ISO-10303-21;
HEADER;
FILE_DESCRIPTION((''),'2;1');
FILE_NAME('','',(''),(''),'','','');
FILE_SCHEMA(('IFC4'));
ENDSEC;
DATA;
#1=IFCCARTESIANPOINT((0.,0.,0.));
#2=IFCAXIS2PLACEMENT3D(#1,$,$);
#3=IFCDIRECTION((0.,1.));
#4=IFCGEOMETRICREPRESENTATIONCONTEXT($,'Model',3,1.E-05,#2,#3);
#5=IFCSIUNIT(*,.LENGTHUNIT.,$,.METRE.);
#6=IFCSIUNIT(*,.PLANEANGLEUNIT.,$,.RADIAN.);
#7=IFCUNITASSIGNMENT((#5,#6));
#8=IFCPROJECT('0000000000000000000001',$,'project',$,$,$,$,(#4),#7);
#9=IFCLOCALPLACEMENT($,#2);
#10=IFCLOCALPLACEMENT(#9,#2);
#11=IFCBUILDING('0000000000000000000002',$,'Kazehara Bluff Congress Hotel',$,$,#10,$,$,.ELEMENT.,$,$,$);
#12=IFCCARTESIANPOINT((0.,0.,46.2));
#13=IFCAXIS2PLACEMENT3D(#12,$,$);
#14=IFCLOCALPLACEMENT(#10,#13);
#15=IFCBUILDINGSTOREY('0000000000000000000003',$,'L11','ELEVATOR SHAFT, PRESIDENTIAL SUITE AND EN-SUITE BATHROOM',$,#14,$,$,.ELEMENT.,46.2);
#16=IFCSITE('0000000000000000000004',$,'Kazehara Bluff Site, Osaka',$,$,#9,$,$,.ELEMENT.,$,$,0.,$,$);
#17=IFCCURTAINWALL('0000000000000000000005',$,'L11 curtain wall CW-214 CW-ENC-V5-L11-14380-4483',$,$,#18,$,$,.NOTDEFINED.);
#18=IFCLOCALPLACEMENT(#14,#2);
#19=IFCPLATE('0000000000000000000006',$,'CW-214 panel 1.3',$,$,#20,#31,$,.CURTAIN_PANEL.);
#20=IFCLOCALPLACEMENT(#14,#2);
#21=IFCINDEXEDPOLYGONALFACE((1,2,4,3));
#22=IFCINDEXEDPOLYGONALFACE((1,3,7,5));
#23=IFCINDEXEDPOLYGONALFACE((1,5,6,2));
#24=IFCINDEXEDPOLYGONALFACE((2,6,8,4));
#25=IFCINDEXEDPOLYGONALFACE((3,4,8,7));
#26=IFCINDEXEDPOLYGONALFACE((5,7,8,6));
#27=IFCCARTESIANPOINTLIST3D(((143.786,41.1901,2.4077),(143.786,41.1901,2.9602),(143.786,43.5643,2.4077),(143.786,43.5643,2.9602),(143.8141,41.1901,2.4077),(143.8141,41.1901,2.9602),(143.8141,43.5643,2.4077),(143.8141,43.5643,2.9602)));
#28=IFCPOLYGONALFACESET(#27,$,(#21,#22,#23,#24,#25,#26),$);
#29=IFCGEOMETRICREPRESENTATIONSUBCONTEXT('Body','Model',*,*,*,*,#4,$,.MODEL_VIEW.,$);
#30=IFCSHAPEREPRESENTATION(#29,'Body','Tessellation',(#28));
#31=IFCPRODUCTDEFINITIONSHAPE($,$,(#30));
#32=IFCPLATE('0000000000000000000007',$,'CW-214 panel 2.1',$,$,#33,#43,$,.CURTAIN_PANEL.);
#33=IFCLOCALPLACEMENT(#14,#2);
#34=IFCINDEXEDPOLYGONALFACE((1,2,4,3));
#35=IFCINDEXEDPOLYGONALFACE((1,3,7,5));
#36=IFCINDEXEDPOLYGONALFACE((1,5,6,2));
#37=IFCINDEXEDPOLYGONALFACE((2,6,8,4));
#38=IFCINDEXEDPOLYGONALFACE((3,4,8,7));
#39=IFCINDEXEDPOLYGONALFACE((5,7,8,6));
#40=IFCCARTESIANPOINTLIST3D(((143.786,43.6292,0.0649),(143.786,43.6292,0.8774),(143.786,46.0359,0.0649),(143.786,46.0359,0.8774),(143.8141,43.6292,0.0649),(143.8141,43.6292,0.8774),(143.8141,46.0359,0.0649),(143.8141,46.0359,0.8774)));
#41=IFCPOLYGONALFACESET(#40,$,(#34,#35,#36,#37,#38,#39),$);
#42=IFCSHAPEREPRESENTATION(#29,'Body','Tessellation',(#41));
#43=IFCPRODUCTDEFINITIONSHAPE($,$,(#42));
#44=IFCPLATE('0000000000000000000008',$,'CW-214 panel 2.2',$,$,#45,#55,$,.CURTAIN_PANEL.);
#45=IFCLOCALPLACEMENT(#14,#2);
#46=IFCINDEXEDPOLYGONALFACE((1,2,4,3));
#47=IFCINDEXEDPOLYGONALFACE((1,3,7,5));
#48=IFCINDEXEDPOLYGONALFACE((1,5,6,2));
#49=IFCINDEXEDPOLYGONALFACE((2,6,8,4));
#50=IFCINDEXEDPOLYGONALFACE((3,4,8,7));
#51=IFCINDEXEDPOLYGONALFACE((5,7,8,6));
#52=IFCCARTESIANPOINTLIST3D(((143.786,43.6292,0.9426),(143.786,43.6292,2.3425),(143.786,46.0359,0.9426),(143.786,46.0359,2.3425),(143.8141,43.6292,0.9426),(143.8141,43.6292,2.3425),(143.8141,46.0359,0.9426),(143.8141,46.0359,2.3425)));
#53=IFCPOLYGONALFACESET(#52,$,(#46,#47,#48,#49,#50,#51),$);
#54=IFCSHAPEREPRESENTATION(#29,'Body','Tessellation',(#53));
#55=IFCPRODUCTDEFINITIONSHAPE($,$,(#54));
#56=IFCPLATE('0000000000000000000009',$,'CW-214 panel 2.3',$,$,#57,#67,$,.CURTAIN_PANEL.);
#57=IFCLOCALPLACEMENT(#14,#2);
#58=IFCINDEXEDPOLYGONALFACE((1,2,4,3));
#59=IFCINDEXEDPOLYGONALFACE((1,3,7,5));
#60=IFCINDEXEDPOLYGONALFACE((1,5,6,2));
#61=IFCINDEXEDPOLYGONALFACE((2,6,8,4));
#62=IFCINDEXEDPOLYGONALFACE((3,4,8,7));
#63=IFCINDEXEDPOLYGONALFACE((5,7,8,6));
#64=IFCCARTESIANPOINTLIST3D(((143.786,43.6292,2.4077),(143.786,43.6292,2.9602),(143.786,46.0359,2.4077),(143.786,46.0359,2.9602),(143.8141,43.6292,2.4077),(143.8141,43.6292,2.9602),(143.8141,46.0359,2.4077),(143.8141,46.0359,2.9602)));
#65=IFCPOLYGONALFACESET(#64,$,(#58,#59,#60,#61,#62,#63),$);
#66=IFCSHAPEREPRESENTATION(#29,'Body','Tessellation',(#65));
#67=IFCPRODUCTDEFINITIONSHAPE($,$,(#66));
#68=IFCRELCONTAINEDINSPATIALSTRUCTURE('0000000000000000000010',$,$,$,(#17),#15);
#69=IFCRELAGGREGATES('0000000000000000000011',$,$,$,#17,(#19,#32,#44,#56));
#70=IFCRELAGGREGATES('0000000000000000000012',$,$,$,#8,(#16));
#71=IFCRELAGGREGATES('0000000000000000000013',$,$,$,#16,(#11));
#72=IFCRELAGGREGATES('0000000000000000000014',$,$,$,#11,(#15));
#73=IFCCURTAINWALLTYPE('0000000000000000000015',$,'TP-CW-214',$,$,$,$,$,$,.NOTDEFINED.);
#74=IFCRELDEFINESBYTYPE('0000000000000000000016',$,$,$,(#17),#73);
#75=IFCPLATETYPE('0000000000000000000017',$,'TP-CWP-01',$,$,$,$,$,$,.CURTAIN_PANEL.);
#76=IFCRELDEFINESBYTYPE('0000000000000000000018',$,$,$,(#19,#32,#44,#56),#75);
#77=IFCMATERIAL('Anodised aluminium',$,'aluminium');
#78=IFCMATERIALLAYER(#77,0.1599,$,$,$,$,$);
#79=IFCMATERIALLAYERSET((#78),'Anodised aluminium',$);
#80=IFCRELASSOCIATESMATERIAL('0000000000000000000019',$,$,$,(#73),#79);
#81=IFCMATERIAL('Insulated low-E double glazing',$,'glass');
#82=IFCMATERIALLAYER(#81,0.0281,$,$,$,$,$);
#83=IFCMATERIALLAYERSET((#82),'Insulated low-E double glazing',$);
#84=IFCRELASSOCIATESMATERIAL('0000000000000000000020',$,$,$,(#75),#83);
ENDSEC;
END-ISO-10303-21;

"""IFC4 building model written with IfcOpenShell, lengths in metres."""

from ifc_helpers import new_model, si_unit, direction, frame, origin, origin_2d, place, context, subcontext, project, spatial, rectangle, extrude, material, layer, layer_set, type_object, element, aggregate, save


model = new_model("IFC4")

# Units and contexts
model_context = context("Model", 3, precision=1e-05, world=origin(), true_north=direction((0.0, 1.0)))
body_context = subcontext(model_context, "Body", "Model", "MODEL_VIEW")
ifc_project = project(units=[si_unit("LENGTHUNIT", "METRE"), si_unit("PLANEANGLEUNIT", "RADIAN")], contexts=[model_context])

# Site, building, storey
site_placement = place(None, origin())
site = spatial("IfcSite", under=ifc_project, at=site_placement, Name="Kazehara Bluff Site, Osaka", CompositionType="ELEMENT", RefElevation=0.0)
building_placement = place(site_placement, origin())
building = spatial("IfcBuilding", under=site, at=building_placement, Name="Kazehara Bluff Congress Hotel", CompositionType="ELEMENT")
storey_placement = place(building_placement, frame((0.0, 0.0, 46.2)))
storey = spatial("IfcBuildingStorey", under=building, at=storey_placement, Name="L11", Description="ELEVATOR SHAFT, PRESIDENTIAL SUITE AND EN-SUITE BATHROOM", CompositionType="ELEMENT", Elevation=46.2)

# Curtain wall
ifc_material_1 = material(Name="Anodised aluminium", Category="aluminium")
ifc_layer_1 = layer(ifc_material_1, 0.1599)
ifc_layer_set_1 = layer_set([ifc_layer_1], Name="Anodised aluminium")
curtain_wall_type_1 = type_object("IfcCurtainWallType", Name="TP-CW-214", PredefinedType="NOTDEFINED", material=ifc_layer_set_1)
curtain_wall_1_placement = place(storey_placement, origin())
curtain_wall_1 = element("IfcCurtainWall", 1, at=curtain_wall_1_placement, inside=storey, type_object=curtain_wall_type_1, Name="L11 curtain wall CW-214 CW-ENC-V5-L11-14380-4483", PredefinedType="NOTDEFINED")

# Shared definitions
ifc_material_2 = material(Name="Insulated low-E double glazing", Category="glass")
ifc_layer_2 = layer(ifc_material_2, 0.0281)
ifc_layer_set_2 = layer_set([ifc_layer_2], Name="Insulated low-E double glazing")
plate_type = type_object("IfcPlateType", Name="TP-CWP-01", PredefinedType="CURTAIN_PANEL", material=ifc_layer_set_2)

# Plates
plate_1_placement = place(storey_placement, frame((143.8, 42.3772, 2.4077), z_axis=(0.0, 0.0, 1.0), x_axis=(0.0, 1.0, 0.0)))
plate_1 = element("IfcPlate", 2, at=plate_1_placement, type_object=plate_type, Name="CW-214 panel 1.3", PredefinedType="CURTAIN_PANEL", context=body_context, shape_type="SweptSolid", body=[
    extrude(rectangle(XDim=2.3743, YDim=0.0281, at=origin_2d()), origin(), (0.0, 0.0, 1.0), 0.5525),
])
plate_2_placement = place(storey_placement, frame((143.8, 44.8325, 0.0649), z_axis=(0.0, 0.0, 1.0), x_axis=(0.0, 1.0, 0.0)))
plate_2 = element("IfcPlate", 3, at=plate_2_placement, type_object=plate_type, Name="CW-214 panel 2.1", PredefinedType="CURTAIN_PANEL", context=body_context, shape_type="SweptSolid", body=[
    extrude(rectangle(XDim=2.4067, YDim=0.0281, at=origin_2d()), origin(), (0.0, 0.0, 1.0), 0.8125),
])
plate_3_placement = place(storey_placement, frame((143.8, 44.8325, 0.9426), z_axis=(0.0, 0.0, 1.0), x_axis=(0.0, 1.0, 0.0)))
plate_3 = element("IfcPlate", 4, at=plate_3_placement, type_object=plate_type, Name="CW-214 panel 2.2", PredefinedType="CURTAIN_PANEL", context=body_context, shape_type="SweptSolid", body=[
    extrude(rectangle(XDim=2.4067, YDim=0.0281, at=origin_2d()), origin(), (0.0, 0.0, 1.0), 1.3999),
])
plate_4_placement = place(storey_placement, frame((143.8, 44.8325, 2.4077), z_axis=(0.0, 0.0, 1.0), x_axis=(0.0, 1.0, 0.0)))
plate_4 = element("IfcPlate", 5, at=plate_4_placement, type_object=plate_type, Name="CW-214 panel 2.3", PredefinedType="CURTAIN_PANEL", context=body_context, shape_type="SweptSolid", body=[
    extrude(rectangle(XDim=2.4067, YDim=0.0281, at=origin_2d()), origin(), (0.0, 0.0, 1.0), 0.5525),
])
aggregate(curtain_wall_1, [plate_1, plate_2, plate_3, plate_4])

save(model, "model.ifc")
